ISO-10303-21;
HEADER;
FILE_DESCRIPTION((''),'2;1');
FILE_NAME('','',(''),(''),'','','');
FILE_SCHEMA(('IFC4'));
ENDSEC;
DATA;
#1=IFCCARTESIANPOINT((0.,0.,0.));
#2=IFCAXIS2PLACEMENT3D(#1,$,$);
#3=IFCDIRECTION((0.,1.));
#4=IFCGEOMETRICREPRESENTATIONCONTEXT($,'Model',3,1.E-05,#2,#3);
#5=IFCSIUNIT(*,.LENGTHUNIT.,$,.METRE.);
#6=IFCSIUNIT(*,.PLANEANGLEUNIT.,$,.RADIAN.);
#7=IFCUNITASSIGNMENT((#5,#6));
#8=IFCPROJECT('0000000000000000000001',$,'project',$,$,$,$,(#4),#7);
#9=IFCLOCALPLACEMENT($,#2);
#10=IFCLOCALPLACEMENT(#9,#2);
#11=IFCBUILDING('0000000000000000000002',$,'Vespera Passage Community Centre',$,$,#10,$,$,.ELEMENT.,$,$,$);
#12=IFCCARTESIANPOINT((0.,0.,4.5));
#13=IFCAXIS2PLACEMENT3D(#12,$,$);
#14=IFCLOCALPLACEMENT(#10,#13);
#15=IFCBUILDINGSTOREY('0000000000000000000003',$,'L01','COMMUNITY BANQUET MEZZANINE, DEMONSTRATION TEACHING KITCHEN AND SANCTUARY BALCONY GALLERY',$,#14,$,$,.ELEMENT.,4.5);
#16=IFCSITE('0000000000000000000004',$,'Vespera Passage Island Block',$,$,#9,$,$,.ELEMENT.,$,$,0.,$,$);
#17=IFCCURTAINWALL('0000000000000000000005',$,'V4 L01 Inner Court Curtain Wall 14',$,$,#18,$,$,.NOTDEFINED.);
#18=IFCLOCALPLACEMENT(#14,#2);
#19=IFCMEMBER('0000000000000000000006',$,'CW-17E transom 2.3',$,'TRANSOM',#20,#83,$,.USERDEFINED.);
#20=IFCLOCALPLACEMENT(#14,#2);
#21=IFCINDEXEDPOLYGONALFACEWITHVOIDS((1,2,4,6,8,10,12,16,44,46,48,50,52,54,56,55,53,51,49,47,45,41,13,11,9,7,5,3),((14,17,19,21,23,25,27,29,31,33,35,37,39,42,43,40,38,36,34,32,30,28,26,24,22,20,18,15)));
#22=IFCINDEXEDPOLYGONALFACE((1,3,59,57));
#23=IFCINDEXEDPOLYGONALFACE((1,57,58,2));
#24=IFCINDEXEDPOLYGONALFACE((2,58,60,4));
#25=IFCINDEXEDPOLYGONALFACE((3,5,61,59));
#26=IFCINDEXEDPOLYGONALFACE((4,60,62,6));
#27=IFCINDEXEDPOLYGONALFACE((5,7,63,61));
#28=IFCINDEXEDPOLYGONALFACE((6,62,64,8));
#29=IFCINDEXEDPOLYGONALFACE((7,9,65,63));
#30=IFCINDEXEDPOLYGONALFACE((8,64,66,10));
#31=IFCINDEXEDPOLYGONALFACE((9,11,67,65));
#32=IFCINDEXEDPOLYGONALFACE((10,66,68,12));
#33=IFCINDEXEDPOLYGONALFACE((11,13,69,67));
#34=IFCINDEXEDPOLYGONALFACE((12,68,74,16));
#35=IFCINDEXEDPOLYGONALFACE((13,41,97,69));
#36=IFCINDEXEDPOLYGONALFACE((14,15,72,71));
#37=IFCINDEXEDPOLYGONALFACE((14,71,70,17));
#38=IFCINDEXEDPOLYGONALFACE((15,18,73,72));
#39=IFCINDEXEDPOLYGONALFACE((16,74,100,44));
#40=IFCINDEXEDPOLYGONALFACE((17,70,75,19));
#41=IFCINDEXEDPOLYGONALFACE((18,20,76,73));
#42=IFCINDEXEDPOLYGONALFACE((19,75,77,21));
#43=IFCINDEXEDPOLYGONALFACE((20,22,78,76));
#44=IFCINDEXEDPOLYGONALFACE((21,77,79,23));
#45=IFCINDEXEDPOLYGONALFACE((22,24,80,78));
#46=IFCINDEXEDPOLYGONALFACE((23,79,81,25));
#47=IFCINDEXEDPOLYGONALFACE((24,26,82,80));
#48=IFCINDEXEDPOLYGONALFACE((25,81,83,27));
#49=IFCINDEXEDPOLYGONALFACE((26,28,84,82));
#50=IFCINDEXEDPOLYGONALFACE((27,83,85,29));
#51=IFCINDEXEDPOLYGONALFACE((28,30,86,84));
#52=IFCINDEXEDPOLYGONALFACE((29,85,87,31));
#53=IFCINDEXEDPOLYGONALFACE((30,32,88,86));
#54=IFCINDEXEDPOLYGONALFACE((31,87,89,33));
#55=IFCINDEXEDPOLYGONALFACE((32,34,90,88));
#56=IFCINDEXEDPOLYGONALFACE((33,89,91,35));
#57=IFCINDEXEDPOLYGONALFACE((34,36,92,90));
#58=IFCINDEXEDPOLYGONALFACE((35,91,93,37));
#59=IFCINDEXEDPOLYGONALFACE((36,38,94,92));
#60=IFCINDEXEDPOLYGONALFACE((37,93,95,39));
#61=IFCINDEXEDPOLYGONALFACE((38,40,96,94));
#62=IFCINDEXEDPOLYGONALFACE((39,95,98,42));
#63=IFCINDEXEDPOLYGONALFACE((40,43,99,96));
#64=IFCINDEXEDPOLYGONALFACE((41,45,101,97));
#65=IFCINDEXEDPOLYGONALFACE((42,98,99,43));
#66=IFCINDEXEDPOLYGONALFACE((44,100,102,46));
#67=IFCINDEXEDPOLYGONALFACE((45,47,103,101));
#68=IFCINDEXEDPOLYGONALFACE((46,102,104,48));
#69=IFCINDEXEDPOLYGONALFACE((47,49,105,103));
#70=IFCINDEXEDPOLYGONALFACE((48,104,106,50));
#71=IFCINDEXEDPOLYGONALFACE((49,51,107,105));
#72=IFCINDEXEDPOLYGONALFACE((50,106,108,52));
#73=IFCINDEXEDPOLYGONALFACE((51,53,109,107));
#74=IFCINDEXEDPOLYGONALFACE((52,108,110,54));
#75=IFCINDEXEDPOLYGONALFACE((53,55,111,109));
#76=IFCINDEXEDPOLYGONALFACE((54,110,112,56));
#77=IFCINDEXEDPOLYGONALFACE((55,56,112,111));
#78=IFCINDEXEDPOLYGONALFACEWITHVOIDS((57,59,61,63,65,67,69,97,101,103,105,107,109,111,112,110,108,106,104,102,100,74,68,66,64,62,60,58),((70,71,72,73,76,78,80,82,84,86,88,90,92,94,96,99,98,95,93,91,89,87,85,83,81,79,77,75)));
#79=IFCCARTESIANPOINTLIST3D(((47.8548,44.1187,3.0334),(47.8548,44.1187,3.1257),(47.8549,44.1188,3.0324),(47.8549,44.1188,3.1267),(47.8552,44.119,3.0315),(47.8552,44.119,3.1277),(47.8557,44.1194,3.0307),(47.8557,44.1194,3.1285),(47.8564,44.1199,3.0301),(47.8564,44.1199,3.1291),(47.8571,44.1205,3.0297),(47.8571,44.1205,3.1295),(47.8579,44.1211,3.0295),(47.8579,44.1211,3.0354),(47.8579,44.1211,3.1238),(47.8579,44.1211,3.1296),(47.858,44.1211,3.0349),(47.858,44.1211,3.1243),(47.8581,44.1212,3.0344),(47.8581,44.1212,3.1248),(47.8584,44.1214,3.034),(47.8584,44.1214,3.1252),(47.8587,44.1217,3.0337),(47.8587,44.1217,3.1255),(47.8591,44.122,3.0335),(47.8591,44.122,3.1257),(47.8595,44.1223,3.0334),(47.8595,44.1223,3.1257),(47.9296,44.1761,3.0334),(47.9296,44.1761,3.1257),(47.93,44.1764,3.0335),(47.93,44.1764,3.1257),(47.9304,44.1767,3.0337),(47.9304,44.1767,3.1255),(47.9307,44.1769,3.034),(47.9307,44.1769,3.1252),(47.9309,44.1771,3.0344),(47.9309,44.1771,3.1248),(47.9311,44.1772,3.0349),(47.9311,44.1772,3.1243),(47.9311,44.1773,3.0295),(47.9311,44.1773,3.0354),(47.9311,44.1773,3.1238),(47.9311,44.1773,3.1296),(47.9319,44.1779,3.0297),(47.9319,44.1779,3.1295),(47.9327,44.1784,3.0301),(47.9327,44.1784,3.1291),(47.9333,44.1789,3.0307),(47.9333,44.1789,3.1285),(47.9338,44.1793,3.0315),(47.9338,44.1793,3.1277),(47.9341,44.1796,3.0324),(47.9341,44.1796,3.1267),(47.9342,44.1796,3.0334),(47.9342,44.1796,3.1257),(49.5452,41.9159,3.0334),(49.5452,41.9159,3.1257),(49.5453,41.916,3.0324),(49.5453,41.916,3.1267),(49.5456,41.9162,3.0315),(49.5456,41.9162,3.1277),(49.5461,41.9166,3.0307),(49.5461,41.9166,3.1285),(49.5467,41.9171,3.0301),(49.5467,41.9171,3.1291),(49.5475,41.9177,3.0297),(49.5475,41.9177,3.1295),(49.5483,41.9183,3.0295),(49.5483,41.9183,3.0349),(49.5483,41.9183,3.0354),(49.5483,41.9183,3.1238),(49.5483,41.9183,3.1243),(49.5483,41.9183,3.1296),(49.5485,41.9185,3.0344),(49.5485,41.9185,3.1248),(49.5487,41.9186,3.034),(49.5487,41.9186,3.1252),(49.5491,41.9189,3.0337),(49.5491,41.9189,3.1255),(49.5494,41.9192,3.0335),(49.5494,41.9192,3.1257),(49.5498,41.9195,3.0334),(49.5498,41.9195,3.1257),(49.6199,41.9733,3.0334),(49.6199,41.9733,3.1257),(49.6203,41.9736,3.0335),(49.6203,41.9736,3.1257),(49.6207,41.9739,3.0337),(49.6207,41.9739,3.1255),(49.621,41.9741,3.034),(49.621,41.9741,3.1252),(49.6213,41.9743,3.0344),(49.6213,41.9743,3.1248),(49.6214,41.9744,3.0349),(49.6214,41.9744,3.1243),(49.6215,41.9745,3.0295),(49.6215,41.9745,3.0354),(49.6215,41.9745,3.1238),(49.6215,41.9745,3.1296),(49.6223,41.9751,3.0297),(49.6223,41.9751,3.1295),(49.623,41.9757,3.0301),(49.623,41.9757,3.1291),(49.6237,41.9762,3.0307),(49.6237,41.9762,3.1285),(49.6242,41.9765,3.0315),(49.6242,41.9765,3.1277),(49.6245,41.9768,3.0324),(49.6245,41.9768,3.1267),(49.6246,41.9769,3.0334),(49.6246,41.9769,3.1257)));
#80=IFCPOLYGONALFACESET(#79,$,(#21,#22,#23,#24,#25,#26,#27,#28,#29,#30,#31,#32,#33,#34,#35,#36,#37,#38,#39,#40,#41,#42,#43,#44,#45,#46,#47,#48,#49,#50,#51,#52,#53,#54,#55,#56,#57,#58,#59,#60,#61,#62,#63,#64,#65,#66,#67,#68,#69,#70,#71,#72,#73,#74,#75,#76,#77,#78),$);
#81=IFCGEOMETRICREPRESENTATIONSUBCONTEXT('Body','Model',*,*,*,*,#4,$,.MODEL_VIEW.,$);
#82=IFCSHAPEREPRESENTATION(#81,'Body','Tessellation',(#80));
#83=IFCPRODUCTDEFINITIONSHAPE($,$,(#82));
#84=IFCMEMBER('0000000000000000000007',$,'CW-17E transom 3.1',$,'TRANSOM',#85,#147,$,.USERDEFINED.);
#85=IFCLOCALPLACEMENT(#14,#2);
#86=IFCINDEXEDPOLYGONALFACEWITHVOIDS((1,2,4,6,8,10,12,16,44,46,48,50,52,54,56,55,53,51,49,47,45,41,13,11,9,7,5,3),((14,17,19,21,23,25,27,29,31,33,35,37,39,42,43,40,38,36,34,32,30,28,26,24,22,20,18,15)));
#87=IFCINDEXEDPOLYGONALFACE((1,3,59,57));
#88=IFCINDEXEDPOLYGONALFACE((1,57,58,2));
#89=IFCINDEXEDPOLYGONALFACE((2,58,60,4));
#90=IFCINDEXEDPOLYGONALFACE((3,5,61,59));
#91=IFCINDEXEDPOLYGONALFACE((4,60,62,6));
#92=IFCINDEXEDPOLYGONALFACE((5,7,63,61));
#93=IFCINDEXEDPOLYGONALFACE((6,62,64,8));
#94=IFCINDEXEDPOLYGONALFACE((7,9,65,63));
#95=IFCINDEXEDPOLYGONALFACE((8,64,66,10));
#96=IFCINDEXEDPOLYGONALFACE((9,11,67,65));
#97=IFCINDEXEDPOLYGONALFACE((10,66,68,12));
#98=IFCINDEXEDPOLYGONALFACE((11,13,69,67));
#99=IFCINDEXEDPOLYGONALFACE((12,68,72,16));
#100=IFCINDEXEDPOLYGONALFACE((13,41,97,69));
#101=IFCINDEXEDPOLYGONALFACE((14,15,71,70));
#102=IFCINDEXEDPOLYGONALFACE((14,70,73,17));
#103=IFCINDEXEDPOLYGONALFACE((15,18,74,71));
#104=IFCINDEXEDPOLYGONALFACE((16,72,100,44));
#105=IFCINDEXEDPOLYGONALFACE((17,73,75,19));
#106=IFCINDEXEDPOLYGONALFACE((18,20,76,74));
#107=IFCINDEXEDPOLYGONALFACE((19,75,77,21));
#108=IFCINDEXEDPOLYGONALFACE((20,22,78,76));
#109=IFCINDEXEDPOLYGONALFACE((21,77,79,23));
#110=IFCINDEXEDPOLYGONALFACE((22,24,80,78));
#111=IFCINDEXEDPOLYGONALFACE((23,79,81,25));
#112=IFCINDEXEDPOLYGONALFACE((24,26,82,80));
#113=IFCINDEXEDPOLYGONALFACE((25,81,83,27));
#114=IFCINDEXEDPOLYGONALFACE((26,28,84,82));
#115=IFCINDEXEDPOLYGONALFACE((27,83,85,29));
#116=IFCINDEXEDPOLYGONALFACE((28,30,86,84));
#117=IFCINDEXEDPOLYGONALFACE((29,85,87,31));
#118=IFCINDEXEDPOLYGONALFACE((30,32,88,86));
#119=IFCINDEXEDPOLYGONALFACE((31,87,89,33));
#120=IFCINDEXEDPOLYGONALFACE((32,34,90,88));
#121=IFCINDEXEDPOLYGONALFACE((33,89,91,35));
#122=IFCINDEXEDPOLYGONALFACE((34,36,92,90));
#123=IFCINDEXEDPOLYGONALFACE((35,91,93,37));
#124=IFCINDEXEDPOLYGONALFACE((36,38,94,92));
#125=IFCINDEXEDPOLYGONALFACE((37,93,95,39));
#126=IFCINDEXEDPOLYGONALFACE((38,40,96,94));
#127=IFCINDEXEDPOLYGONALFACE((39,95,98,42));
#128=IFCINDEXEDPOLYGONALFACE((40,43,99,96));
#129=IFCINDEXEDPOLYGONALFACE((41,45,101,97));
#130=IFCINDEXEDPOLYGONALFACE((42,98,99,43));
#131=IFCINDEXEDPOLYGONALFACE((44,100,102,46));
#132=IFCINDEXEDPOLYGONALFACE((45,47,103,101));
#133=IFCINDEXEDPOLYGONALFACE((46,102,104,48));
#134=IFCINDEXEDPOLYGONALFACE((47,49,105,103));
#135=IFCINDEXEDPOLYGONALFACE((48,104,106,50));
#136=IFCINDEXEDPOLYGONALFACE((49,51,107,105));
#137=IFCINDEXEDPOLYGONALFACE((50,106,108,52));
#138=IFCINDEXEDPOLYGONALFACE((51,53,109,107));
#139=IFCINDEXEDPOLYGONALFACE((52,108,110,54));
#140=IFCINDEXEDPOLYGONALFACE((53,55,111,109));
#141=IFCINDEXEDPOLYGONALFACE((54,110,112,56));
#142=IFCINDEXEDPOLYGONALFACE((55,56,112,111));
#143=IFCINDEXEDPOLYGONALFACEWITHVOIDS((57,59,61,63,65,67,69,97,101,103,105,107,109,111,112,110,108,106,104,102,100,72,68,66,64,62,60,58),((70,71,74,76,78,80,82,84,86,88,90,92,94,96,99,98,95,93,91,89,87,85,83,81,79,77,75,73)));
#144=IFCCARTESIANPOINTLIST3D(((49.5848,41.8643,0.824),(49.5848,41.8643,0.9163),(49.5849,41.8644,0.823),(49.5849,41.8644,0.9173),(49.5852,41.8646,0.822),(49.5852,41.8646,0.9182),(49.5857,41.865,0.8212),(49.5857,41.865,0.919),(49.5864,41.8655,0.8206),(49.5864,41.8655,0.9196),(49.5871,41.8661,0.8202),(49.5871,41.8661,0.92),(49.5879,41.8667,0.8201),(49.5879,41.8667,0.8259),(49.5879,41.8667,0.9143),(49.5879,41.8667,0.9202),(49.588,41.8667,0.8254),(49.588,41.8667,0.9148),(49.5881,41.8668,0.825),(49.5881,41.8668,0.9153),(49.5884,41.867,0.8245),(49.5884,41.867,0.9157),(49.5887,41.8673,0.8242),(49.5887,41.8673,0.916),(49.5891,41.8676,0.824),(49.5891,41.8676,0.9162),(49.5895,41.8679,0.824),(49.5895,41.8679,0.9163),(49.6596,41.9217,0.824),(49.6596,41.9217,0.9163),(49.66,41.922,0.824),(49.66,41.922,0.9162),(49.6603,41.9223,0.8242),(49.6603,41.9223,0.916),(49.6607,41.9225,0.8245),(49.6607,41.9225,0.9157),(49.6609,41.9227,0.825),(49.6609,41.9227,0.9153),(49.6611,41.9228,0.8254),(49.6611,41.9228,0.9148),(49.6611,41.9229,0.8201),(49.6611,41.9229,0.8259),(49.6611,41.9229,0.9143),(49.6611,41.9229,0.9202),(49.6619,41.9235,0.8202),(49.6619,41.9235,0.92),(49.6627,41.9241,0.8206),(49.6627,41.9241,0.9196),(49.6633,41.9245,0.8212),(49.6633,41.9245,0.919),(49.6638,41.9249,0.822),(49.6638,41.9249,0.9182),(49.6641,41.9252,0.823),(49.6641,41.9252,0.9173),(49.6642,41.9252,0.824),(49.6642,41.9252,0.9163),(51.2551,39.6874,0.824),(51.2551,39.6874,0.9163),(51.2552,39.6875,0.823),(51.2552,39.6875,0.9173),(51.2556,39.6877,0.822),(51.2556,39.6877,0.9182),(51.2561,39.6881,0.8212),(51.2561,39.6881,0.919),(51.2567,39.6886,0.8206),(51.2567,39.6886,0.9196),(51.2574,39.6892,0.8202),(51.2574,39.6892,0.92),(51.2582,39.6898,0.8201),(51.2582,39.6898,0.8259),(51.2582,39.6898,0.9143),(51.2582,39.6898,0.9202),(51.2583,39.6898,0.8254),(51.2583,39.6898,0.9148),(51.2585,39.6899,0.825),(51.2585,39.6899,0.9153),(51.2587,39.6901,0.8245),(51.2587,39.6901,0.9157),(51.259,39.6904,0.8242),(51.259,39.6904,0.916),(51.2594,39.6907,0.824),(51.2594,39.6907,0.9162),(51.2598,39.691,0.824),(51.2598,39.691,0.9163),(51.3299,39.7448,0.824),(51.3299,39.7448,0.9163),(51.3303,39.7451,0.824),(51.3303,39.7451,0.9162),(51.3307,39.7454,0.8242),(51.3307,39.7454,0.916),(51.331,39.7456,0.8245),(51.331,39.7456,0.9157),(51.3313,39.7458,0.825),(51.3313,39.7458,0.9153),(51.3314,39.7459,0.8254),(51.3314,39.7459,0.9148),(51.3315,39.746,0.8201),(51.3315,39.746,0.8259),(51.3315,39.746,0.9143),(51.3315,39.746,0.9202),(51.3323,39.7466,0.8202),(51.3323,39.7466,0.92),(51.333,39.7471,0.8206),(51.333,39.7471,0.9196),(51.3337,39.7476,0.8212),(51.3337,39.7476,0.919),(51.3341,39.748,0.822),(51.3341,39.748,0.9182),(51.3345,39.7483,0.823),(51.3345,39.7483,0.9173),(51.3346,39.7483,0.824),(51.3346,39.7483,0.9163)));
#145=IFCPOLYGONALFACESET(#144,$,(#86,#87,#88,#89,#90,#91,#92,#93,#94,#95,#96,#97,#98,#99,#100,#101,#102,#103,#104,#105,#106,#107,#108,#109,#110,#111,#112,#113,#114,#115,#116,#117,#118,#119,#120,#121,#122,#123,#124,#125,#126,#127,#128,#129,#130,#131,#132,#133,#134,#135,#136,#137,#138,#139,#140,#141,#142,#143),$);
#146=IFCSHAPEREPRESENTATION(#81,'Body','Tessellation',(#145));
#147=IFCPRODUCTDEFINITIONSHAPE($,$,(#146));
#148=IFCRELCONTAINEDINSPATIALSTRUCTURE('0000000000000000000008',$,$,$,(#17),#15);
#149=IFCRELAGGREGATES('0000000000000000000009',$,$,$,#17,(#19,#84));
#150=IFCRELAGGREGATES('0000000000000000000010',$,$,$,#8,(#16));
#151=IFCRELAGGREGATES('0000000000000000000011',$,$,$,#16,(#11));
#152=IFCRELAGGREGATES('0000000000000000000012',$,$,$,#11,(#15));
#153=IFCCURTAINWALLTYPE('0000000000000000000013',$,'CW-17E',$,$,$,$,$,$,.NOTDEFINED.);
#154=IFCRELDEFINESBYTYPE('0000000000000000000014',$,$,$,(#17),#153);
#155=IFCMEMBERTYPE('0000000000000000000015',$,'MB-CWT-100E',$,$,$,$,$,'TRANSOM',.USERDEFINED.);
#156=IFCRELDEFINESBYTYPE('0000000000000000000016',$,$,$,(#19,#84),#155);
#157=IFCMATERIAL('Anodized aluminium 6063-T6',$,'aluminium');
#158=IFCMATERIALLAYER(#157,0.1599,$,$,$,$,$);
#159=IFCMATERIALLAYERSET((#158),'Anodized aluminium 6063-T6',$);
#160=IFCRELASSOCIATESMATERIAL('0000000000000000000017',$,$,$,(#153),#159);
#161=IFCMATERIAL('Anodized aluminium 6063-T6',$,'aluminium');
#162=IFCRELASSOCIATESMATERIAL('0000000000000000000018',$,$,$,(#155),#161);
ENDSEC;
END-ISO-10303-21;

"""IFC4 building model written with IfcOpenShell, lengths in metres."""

from ifc_helpers import new_model, si_unit, direction, frame, origin, origin_2d, place, context, subcontext, project, spatial, hollow_rectangle, extrude, material, layer, layer_set, material_profile, profile_set, type_object, element, aggregate, save


model = new_model("IFC4")

# Units and contexts
model_context = context("Model", 3, precision=1e-05, world=origin(), true_north=direction((0.0, 1.0)))
body_context = subcontext(model_context, "Body", "Model", "MODEL_VIEW")
ifc_project = project(units=[si_unit("LENGTHUNIT", "METRE"), si_unit("PLANEANGLEUNIT", "RADIAN")], contexts=[model_context])

# Site, building, storey
site_placement = place(None, origin())
site = spatial("IfcSite", under=ifc_project, at=site_placement, Name="Vespera Passage Island Block", CompositionType="ELEMENT", RefElevation=0.0)
building_placement = place(site_placement, origin())
building = spatial("IfcBuilding", under=site, at=building_placement, Name="Vespera Passage Community Centre", CompositionType="ELEMENT")
storey_placement = place(building_placement, frame((0.0, 0.0, 4.5)))
storey = spatial("IfcBuildingStorey", under=building, at=storey_placement, Name="L01", Description="COMMUNITY BANQUET MEZZANINE, DEMONSTRATION TEACHING KITCHEN AND SANCTUARY BALCONY GALLERY", CompositionType="ELEMENT", Elevation=4.5)

# Curtain wall
ifc_material_1 = material(Name="Anodized aluminium 6063-T6", Category="aluminium")
ifc_layer_1 = layer(ifc_material_1, 0.1599)
ifc_layer_set_1 = layer_set([ifc_layer_1], Name="Anodized aluminium 6063-T6")
curtain_wall_type_1 = type_object("IfcCurtainWallType", Name="CW-17E", PredefinedType="NOTDEFINED", material=ifc_layer_set_1)
curtain_wall_1_placement = place(storey_placement, origin())
curtain_wall_1 = element("IfcCurtainWall", 1, at=curtain_wall_1_placement, inside=storey, type_object=curtain_wall_type_1, Name="V4 L01 Inner Court Curtain Wall 14", PredefinedType="NOTDEFINED")

# Members
ifc_material_2 = material(Name="Anodized aluminium 6063-T6", Category="aluminium")
ifc_material_profile_1 = material_profile(ifc_material_2, hollow_rectangle(XDim=0.1001, YDim=0.1001, WallThickness=0.0039, InnerFilletRadius=0.002, OuterFilletRadius=0.0039, at=origin_2d()), Name="ALU100X100X4")
ifc_profile_set_1 = profile_set([ifc_material_profile_1], Name="Anodized aluminium 6063-T6")
member_type_1 = type_object("IfcMemberType", Name="MB-CWT-100E", ElementType="TRANSOM", PredefinedType="USERDEFINED", material=ifc_profile_set_1)
member_1_placement = place(storey_placement, frame((47.8945, 44.1492, 3.0796), z_axis=(0.608784, -0.793336, 0.0), x_axis=(0.793336, 0.608784, 0.0)))
member_1 = element("IfcMember", 2, at=member_1_placement, type_object=member_type_1, Name="CW-17E transom 2.3", ObjectType="TRANSOM", PredefinedType="USERDEFINED", context=body_context, shape_type="SweptSolid", body=[
    extrude(hollow_rectangle(XDim=0.1001, YDim=0.1001, WallThickness=0.0039, InnerFilletRadius=0.002, OuterFilletRadius=0.0039, at=origin_2d()), origin(), (0.0, 0.0, 1.0), 2.7766),
])
member_2_placement = place(storey_placement, frame((49.6245, 41.8948, 0.8701), z_axis=(0.608747, -0.793364, 0.0), x_axis=(0.793364, 0.608747, 0.0)))
member_2 = element("IfcMember", 3, at=member_2_placement, type_object=member_type_1, Name="CW-17E transom 3.1", ObjectType="TRANSOM", PredefinedType="USERDEFINED", context=body_context, shape_type="SweptSolid", body=[
    extrude(hollow_rectangle(XDim=0.1001, YDim=0.1001, WallThickness=0.0039, InnerFilletRadius=0.002, OuterFilletRadius=0.0039, at=origin_2d()), origin(), (0.0, 0.0, 1.0), 2.7439),
])

aggregate(curtain_wall_1, [member_1, member_2])

save(model, "model.ifc")
